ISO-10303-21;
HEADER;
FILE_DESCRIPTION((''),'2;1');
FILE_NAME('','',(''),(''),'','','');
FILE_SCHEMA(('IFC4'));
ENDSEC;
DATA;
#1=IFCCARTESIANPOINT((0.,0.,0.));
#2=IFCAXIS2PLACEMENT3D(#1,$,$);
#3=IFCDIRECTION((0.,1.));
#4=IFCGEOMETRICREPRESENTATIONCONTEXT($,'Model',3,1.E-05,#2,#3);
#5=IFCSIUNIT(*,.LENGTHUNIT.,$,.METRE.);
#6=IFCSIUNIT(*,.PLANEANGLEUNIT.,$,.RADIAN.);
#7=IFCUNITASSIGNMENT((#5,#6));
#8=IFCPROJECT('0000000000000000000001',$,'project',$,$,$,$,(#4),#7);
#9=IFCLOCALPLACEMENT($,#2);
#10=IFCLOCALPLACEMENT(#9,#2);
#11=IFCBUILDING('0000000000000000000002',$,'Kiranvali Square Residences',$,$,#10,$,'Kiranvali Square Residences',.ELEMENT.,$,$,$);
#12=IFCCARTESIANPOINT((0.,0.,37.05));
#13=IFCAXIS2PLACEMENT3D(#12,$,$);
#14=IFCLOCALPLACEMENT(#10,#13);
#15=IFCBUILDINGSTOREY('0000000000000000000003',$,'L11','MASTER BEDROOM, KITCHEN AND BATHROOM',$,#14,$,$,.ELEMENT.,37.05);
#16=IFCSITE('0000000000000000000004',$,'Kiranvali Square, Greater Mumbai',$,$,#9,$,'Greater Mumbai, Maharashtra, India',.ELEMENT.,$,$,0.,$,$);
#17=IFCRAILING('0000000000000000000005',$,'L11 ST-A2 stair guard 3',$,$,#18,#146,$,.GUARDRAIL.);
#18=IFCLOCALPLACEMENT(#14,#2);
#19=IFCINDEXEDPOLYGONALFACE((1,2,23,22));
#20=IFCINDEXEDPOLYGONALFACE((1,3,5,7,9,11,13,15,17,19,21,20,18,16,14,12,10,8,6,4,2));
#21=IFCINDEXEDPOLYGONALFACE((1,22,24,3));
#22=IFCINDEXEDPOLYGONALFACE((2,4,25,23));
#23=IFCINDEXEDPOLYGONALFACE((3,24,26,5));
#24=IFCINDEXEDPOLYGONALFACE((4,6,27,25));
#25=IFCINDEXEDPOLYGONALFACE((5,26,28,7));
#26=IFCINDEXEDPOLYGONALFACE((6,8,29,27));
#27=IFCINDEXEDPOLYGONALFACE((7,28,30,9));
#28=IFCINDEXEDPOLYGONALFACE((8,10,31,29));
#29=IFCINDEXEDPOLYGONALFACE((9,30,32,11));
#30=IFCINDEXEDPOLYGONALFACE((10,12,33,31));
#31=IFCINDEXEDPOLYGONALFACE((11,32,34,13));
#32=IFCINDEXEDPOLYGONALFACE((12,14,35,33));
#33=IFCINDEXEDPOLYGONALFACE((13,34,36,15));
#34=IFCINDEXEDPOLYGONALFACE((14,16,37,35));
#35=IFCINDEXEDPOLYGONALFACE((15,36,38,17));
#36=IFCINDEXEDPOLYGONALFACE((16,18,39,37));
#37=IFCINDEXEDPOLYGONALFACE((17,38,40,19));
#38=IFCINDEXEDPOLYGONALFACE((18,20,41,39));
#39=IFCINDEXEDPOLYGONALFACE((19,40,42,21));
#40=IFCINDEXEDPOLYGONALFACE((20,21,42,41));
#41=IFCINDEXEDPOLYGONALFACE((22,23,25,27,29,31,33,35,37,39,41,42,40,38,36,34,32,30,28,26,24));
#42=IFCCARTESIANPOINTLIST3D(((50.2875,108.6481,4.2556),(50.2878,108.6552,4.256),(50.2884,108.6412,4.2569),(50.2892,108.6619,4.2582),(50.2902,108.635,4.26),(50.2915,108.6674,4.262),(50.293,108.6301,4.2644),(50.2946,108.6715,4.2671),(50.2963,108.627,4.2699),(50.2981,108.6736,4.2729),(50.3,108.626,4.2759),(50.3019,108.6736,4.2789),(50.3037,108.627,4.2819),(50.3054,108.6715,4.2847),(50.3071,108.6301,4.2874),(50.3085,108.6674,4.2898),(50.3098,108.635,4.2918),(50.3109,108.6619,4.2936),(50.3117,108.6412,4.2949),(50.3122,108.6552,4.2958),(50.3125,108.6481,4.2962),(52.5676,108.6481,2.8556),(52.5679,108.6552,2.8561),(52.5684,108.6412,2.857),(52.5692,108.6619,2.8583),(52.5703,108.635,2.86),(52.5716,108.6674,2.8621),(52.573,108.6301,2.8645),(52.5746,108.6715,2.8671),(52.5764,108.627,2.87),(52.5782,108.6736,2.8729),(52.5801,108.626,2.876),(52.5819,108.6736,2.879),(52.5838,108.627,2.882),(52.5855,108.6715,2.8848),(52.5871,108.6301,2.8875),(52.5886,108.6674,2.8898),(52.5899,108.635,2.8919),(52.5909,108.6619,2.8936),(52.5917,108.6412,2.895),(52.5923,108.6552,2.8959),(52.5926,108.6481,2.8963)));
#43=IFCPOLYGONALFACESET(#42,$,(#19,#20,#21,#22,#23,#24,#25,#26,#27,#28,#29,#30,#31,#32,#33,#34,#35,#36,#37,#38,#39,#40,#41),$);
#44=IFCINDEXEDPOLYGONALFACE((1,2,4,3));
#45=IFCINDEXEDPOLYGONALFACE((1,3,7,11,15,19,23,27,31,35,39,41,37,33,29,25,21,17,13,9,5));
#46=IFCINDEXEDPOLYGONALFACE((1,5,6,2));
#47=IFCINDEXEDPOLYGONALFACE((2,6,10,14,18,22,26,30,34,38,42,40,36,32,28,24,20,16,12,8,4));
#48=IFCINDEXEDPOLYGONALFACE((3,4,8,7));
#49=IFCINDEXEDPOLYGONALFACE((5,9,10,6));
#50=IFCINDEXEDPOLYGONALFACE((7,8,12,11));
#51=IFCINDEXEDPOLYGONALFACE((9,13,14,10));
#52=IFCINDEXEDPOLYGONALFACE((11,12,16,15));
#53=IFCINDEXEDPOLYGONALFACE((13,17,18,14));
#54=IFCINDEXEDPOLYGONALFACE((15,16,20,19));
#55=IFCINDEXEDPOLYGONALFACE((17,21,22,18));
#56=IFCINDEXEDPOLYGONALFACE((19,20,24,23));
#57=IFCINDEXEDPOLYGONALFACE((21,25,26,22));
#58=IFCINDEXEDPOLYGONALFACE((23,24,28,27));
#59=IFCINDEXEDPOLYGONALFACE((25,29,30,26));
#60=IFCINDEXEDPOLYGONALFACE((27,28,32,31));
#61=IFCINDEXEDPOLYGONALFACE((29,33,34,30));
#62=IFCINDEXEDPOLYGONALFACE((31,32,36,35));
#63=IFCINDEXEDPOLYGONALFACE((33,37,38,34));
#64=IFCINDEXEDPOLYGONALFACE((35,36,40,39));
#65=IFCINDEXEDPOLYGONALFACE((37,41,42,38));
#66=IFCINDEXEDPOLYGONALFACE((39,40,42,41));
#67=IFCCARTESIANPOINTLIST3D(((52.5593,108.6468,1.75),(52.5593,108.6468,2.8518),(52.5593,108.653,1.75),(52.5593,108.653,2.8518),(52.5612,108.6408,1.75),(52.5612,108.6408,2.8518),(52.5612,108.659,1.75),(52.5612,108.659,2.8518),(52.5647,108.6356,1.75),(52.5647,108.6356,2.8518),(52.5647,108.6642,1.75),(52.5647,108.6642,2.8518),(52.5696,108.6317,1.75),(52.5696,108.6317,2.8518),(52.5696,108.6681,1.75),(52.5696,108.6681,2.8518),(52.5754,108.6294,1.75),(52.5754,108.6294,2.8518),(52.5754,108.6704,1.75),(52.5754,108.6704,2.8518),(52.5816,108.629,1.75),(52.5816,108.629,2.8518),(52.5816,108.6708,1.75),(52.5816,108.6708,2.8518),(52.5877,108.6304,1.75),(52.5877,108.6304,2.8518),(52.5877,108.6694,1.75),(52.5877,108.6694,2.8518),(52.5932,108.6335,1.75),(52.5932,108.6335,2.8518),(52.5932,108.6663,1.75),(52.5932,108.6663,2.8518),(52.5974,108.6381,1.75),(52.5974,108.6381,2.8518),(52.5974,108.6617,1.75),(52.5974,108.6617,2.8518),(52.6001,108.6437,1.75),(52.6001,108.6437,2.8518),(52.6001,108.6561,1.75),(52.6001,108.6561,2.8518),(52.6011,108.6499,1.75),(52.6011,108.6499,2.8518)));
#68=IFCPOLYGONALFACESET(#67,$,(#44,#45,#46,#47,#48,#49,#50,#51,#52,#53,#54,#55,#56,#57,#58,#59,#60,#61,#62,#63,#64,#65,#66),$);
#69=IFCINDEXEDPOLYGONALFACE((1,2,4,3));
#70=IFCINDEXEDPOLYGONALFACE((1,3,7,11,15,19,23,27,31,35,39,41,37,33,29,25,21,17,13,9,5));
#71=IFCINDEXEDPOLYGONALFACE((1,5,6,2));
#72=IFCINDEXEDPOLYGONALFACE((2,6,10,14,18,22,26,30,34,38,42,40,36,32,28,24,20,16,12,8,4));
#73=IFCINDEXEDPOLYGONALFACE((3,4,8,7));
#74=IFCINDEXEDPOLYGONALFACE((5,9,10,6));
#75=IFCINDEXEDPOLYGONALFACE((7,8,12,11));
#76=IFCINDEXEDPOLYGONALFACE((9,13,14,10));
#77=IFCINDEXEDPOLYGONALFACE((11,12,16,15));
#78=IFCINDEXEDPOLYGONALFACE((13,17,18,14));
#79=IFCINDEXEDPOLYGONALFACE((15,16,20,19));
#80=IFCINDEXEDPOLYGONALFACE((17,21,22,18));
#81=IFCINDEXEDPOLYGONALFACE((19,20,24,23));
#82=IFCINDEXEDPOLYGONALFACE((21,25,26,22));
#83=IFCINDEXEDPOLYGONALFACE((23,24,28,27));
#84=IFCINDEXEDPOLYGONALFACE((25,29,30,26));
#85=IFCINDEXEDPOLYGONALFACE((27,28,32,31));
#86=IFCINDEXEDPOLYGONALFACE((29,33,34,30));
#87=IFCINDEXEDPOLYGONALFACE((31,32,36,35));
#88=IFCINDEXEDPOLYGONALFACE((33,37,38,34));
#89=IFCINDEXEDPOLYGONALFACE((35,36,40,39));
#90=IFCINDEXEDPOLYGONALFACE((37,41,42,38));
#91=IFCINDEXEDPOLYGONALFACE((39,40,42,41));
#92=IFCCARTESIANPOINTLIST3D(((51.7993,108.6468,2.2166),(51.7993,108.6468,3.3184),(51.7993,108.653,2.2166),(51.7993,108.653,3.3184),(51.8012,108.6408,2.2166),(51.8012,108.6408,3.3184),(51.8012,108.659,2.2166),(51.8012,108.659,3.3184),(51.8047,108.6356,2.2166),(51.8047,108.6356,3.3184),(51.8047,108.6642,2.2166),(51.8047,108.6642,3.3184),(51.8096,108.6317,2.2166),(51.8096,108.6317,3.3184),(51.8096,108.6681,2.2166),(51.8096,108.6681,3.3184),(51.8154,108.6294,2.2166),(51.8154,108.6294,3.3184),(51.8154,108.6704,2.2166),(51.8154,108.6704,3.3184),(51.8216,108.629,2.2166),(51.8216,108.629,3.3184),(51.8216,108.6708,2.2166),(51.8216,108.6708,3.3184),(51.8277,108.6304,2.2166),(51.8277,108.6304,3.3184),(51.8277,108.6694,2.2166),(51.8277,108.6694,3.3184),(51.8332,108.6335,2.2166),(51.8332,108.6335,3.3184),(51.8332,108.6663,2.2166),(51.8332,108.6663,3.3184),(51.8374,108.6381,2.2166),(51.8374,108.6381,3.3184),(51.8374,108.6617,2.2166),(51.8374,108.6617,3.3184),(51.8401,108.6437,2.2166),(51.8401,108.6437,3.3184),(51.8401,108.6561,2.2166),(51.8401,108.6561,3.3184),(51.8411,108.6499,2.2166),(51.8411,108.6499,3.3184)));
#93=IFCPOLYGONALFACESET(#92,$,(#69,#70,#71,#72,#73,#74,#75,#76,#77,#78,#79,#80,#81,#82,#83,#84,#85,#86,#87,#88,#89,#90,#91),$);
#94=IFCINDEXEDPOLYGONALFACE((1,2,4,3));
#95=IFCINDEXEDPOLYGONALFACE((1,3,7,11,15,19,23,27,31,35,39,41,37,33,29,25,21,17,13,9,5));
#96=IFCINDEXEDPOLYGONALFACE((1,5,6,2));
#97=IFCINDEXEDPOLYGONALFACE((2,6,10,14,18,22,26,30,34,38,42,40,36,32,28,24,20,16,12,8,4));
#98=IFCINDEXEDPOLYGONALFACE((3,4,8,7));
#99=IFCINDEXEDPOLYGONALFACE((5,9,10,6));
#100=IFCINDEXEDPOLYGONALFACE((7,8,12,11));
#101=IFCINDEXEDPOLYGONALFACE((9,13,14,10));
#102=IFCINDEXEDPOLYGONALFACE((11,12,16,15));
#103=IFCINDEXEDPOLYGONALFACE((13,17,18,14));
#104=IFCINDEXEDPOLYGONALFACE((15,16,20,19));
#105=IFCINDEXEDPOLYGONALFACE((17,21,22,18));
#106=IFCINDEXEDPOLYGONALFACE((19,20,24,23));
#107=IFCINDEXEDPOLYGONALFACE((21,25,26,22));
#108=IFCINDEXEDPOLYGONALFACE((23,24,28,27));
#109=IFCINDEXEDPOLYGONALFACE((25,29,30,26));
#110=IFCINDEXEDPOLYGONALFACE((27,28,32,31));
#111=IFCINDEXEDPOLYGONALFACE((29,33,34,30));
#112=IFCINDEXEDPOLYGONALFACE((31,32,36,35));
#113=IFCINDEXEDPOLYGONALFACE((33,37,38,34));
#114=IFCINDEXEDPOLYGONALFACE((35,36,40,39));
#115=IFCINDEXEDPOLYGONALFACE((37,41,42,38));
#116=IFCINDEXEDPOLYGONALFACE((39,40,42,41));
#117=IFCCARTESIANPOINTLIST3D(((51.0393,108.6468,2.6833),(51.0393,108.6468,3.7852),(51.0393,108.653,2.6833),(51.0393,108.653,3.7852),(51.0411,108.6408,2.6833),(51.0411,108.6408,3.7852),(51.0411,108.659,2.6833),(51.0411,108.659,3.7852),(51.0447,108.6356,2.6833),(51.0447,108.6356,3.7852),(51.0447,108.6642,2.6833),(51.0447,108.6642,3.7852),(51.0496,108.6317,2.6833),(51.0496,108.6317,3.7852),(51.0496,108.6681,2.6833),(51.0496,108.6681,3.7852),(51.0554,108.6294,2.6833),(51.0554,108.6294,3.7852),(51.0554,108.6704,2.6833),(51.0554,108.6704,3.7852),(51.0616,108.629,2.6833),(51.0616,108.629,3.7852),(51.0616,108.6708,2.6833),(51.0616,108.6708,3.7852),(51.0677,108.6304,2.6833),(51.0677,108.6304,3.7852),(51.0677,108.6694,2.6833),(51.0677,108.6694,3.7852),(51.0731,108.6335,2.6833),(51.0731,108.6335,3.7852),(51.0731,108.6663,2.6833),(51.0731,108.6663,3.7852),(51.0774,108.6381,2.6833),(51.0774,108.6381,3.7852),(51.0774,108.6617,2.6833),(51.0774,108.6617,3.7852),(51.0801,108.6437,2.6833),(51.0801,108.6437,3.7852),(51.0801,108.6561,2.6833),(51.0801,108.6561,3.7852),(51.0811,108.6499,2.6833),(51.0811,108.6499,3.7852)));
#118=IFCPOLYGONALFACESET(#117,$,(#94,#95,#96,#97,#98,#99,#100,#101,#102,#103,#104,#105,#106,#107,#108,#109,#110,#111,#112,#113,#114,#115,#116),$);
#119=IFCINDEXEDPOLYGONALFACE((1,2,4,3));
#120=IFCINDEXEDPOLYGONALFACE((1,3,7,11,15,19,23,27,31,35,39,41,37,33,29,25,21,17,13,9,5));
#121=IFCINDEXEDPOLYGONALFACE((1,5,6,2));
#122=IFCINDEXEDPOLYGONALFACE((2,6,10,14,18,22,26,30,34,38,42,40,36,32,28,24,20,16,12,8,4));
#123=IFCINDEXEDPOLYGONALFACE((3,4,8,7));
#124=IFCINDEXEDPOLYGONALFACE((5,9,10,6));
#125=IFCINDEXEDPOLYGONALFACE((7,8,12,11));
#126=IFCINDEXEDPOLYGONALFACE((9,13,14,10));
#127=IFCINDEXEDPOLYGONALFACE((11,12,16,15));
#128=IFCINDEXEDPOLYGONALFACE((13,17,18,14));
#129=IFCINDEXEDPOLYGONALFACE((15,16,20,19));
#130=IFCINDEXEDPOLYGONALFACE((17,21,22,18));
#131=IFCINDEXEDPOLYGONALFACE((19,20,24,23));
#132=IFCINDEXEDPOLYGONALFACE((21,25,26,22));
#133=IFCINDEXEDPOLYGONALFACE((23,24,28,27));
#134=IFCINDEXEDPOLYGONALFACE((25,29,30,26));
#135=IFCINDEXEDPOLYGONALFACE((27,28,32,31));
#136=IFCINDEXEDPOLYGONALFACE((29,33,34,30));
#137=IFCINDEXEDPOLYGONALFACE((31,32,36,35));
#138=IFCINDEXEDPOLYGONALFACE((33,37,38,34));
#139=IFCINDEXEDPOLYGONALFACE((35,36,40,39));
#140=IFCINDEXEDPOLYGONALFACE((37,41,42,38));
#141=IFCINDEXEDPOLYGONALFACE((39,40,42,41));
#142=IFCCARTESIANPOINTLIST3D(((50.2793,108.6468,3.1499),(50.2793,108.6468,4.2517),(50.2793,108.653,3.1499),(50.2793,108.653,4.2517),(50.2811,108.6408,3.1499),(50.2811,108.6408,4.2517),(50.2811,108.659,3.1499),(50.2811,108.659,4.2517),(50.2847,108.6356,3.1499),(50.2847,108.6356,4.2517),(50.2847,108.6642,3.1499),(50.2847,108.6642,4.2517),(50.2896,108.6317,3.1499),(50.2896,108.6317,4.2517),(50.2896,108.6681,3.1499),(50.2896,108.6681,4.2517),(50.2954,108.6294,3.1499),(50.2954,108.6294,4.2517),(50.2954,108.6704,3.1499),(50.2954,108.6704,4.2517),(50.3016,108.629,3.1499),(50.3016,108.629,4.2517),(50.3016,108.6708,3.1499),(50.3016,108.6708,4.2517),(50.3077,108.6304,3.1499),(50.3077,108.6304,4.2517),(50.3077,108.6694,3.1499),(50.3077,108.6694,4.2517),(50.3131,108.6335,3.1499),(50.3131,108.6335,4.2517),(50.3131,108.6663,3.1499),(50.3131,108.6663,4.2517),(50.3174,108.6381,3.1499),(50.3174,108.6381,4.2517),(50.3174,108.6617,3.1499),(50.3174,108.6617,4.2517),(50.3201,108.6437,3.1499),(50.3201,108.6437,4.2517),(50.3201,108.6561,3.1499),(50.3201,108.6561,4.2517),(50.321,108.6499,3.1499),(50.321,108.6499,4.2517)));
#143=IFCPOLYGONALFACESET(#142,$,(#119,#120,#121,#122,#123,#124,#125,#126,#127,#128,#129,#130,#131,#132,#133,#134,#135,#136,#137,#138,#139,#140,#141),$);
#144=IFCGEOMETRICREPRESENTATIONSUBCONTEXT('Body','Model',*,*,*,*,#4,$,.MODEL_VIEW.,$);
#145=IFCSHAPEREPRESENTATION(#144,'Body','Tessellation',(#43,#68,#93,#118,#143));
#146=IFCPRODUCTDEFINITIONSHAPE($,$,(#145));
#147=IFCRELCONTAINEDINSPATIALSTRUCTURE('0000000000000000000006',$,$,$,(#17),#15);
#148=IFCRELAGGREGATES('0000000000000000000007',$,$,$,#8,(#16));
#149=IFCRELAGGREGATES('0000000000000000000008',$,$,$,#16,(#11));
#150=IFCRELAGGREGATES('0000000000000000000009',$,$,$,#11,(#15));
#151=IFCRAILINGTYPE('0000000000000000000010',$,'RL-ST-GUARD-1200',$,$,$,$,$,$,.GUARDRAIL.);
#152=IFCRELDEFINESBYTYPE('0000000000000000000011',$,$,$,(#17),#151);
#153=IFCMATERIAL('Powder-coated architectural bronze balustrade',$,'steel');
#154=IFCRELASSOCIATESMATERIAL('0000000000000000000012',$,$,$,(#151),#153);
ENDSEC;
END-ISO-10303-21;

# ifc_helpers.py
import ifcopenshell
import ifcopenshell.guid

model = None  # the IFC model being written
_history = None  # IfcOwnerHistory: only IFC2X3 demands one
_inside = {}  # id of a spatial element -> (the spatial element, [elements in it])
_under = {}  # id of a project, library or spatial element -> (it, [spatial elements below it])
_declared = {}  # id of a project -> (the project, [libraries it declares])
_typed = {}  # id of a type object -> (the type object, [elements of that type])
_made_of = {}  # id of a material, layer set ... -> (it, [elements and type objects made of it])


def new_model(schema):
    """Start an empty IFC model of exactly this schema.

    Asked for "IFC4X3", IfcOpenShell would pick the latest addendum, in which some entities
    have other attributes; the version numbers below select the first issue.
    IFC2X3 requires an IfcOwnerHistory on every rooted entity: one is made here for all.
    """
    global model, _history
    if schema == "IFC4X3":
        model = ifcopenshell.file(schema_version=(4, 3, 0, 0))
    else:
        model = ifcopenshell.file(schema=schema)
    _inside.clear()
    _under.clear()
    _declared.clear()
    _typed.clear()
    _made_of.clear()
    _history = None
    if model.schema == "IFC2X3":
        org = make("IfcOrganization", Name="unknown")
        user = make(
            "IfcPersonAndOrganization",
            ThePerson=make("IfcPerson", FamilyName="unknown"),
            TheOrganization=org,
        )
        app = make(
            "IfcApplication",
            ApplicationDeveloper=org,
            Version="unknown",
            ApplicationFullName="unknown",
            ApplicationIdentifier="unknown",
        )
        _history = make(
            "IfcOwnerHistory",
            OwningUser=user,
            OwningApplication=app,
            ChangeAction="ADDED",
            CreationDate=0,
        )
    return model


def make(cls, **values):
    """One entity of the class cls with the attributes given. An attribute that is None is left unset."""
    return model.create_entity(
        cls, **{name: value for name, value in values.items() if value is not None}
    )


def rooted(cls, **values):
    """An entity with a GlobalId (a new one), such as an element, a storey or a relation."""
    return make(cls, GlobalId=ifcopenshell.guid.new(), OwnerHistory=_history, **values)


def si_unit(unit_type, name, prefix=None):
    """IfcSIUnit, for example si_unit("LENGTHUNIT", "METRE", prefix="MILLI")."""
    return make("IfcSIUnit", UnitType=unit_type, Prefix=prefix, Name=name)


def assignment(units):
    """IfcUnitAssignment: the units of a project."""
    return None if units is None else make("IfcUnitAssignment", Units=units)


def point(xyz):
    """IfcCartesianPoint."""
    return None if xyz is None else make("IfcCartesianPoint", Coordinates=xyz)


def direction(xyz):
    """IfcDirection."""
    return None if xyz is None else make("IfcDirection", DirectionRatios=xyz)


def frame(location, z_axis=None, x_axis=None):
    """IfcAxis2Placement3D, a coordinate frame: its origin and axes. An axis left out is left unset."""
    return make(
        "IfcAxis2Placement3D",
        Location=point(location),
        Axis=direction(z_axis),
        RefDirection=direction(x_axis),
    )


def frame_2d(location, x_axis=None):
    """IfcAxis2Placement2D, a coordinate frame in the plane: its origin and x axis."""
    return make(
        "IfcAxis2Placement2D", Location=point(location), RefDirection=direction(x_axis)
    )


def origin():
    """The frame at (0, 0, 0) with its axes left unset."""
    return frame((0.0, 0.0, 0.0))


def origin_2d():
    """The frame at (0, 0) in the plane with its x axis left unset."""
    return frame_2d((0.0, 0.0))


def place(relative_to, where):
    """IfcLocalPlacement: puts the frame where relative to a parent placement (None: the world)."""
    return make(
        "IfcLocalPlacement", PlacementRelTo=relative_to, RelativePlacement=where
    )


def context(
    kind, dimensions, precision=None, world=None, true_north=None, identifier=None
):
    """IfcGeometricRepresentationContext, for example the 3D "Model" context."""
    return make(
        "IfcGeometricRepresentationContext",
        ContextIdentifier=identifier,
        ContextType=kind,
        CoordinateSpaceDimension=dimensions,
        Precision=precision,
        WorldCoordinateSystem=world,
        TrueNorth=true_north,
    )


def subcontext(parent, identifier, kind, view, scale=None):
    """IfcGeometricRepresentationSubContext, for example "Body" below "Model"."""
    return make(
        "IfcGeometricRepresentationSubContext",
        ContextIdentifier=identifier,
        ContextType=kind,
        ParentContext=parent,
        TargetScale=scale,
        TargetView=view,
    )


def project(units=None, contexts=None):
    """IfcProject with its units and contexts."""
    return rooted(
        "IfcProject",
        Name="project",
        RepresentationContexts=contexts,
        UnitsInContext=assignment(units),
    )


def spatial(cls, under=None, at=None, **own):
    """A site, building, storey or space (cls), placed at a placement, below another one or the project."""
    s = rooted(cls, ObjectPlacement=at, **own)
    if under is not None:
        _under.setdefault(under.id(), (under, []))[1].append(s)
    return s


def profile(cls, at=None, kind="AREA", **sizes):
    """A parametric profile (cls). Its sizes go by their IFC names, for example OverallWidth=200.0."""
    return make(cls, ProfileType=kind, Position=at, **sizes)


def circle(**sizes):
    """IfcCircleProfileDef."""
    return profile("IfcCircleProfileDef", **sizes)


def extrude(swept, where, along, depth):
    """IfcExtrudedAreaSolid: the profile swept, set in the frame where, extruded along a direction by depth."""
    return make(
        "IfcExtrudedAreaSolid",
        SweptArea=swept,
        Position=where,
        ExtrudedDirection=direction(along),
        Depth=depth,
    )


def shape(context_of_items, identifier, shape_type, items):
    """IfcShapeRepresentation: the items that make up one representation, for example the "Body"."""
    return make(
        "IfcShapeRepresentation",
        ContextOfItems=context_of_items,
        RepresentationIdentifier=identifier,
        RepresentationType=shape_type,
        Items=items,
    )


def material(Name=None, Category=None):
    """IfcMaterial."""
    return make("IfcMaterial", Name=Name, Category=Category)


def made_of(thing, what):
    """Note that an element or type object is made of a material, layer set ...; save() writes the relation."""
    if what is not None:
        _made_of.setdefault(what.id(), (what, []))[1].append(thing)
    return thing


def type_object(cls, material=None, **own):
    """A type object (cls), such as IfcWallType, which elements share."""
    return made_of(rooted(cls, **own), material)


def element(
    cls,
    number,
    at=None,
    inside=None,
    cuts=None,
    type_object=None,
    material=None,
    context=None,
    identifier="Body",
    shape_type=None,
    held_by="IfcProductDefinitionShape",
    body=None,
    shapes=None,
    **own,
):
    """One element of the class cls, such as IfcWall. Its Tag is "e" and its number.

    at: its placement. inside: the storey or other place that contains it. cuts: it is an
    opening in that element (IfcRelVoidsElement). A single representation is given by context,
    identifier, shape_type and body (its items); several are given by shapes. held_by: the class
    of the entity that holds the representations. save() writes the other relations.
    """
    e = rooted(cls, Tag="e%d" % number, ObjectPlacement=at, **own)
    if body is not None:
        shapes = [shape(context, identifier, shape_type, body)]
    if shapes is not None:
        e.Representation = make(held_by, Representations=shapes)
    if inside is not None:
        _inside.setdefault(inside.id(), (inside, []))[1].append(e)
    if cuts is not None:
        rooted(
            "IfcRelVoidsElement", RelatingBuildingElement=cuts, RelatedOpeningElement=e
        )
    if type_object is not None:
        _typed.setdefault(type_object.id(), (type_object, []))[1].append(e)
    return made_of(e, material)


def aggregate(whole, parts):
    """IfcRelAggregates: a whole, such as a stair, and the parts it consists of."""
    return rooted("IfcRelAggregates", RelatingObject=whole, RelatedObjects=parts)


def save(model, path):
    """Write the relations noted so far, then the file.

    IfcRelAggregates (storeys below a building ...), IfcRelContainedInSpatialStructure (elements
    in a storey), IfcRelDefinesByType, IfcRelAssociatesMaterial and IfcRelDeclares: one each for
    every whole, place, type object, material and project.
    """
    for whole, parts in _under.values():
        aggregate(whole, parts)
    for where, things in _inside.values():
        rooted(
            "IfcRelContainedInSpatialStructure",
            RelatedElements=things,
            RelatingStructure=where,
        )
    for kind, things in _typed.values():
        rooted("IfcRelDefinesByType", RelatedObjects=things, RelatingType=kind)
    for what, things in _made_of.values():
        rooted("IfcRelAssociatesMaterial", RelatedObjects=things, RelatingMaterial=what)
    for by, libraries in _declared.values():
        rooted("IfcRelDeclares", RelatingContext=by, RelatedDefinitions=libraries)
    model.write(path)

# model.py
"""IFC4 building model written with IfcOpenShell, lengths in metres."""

from ifc_helpers import new_model, si_unit, direction, frame, origin, origin_2d, place, context, subcontext, project, spatial, circle, extrude, material, type_object, element, save


model = new_model("IFC4")

# Units and contexts
model_context = context("Model", 3, precision=1e-05, world=origin(), true_north=direction((0.0, 1.0)))
body_context = subcontext(model_context, "Body", "Model", "MODEL_VIEW")
ifc_project = project(units=[si_unit("LENGTHUNIT", "METRE"), si_unit("PLANEANGLEUNIT", "RADIAN")], contexts=[model_context])

# Site, building, storey
site_placement = place(None, origin())
site = spatial("IfcSite", under=ifc_project, at=site_placement, Name="Kiranvali Square, Greater Mumbai", LongName="Greater Mumbai, Maharashtra, India", CompositionType="ELEMENT", RefElevation=0.0)
building_placement = place(site_placement, origin())
building = spatial("IfcBuilding", under=site, at=building_placement, Name="Kiranvali Square Residences", LongName="Kiranvali Square Residences", CompositionType="ELEMENT")
storey_placement = place(building_placement, frame((0.0, 0.0, 37.05)))
storey = spatial("IfcBuildingStorey", under=building, at=storey_placement, Name="L11", Description="MASTER BEDROOM, KITCHEN AND BATHROOM", CompositionType="ELEMENT", Elevation=37.05)

# Railing
ifc_material_1 = material(Name="Powder-coated architectural bronze balustrade", Category="steel")
railing_type_1 = type_object("IfcRailingType", Name="RL-ST-GUARD-1200", PredefinedType="GUARDRAIL", material=ifc_material_1)
railing_1_placement = place(storey_placement, frame((52.5801, 108.6499, 1.75)))
element("IfcRailing", 1, at=railing_1_placement, inside=storey, type_object=railing_type_1, Name="L11 ST-A2 stair guard 3", PredefinedType="GUARDRAIL", context=body_context, shape_type="SweptSolid", body=[
    extrude(circle(Radius=0.0239, at=origin_2d()), frame((0.0, 0.0, 1.126), z_axis=(-0.85219, 0.0, 0.523232), x_axis=(0.0, -1.0, 0.0)), (0.0, 0.0, 1.0), 2.6755),
    extrude(circle(Radius=0.021, at=origin_2d()), origin(), (0.0, 0.0, 1.0), 1.1018),
    extrude(circle(Radius=0.021, at=origin_2d()), frame((-0.76, 0.0, 0.4666)), (0.0, 0.0, 1.0), 1.1018),
    extrude(circle(Radius=0.021, at=origin_2d()), frame((-1.52, 0.0, 0.9333)), (0.0, 0.0, 1.0), 1.1018),
    extrude(circle(Radius=0.021, at=origin_2d()), frame((-2.28, 0.0, 1.3999)), (0.0, 0.0, 1.0), 1.1018),
])

save(model, "model.ifc")
